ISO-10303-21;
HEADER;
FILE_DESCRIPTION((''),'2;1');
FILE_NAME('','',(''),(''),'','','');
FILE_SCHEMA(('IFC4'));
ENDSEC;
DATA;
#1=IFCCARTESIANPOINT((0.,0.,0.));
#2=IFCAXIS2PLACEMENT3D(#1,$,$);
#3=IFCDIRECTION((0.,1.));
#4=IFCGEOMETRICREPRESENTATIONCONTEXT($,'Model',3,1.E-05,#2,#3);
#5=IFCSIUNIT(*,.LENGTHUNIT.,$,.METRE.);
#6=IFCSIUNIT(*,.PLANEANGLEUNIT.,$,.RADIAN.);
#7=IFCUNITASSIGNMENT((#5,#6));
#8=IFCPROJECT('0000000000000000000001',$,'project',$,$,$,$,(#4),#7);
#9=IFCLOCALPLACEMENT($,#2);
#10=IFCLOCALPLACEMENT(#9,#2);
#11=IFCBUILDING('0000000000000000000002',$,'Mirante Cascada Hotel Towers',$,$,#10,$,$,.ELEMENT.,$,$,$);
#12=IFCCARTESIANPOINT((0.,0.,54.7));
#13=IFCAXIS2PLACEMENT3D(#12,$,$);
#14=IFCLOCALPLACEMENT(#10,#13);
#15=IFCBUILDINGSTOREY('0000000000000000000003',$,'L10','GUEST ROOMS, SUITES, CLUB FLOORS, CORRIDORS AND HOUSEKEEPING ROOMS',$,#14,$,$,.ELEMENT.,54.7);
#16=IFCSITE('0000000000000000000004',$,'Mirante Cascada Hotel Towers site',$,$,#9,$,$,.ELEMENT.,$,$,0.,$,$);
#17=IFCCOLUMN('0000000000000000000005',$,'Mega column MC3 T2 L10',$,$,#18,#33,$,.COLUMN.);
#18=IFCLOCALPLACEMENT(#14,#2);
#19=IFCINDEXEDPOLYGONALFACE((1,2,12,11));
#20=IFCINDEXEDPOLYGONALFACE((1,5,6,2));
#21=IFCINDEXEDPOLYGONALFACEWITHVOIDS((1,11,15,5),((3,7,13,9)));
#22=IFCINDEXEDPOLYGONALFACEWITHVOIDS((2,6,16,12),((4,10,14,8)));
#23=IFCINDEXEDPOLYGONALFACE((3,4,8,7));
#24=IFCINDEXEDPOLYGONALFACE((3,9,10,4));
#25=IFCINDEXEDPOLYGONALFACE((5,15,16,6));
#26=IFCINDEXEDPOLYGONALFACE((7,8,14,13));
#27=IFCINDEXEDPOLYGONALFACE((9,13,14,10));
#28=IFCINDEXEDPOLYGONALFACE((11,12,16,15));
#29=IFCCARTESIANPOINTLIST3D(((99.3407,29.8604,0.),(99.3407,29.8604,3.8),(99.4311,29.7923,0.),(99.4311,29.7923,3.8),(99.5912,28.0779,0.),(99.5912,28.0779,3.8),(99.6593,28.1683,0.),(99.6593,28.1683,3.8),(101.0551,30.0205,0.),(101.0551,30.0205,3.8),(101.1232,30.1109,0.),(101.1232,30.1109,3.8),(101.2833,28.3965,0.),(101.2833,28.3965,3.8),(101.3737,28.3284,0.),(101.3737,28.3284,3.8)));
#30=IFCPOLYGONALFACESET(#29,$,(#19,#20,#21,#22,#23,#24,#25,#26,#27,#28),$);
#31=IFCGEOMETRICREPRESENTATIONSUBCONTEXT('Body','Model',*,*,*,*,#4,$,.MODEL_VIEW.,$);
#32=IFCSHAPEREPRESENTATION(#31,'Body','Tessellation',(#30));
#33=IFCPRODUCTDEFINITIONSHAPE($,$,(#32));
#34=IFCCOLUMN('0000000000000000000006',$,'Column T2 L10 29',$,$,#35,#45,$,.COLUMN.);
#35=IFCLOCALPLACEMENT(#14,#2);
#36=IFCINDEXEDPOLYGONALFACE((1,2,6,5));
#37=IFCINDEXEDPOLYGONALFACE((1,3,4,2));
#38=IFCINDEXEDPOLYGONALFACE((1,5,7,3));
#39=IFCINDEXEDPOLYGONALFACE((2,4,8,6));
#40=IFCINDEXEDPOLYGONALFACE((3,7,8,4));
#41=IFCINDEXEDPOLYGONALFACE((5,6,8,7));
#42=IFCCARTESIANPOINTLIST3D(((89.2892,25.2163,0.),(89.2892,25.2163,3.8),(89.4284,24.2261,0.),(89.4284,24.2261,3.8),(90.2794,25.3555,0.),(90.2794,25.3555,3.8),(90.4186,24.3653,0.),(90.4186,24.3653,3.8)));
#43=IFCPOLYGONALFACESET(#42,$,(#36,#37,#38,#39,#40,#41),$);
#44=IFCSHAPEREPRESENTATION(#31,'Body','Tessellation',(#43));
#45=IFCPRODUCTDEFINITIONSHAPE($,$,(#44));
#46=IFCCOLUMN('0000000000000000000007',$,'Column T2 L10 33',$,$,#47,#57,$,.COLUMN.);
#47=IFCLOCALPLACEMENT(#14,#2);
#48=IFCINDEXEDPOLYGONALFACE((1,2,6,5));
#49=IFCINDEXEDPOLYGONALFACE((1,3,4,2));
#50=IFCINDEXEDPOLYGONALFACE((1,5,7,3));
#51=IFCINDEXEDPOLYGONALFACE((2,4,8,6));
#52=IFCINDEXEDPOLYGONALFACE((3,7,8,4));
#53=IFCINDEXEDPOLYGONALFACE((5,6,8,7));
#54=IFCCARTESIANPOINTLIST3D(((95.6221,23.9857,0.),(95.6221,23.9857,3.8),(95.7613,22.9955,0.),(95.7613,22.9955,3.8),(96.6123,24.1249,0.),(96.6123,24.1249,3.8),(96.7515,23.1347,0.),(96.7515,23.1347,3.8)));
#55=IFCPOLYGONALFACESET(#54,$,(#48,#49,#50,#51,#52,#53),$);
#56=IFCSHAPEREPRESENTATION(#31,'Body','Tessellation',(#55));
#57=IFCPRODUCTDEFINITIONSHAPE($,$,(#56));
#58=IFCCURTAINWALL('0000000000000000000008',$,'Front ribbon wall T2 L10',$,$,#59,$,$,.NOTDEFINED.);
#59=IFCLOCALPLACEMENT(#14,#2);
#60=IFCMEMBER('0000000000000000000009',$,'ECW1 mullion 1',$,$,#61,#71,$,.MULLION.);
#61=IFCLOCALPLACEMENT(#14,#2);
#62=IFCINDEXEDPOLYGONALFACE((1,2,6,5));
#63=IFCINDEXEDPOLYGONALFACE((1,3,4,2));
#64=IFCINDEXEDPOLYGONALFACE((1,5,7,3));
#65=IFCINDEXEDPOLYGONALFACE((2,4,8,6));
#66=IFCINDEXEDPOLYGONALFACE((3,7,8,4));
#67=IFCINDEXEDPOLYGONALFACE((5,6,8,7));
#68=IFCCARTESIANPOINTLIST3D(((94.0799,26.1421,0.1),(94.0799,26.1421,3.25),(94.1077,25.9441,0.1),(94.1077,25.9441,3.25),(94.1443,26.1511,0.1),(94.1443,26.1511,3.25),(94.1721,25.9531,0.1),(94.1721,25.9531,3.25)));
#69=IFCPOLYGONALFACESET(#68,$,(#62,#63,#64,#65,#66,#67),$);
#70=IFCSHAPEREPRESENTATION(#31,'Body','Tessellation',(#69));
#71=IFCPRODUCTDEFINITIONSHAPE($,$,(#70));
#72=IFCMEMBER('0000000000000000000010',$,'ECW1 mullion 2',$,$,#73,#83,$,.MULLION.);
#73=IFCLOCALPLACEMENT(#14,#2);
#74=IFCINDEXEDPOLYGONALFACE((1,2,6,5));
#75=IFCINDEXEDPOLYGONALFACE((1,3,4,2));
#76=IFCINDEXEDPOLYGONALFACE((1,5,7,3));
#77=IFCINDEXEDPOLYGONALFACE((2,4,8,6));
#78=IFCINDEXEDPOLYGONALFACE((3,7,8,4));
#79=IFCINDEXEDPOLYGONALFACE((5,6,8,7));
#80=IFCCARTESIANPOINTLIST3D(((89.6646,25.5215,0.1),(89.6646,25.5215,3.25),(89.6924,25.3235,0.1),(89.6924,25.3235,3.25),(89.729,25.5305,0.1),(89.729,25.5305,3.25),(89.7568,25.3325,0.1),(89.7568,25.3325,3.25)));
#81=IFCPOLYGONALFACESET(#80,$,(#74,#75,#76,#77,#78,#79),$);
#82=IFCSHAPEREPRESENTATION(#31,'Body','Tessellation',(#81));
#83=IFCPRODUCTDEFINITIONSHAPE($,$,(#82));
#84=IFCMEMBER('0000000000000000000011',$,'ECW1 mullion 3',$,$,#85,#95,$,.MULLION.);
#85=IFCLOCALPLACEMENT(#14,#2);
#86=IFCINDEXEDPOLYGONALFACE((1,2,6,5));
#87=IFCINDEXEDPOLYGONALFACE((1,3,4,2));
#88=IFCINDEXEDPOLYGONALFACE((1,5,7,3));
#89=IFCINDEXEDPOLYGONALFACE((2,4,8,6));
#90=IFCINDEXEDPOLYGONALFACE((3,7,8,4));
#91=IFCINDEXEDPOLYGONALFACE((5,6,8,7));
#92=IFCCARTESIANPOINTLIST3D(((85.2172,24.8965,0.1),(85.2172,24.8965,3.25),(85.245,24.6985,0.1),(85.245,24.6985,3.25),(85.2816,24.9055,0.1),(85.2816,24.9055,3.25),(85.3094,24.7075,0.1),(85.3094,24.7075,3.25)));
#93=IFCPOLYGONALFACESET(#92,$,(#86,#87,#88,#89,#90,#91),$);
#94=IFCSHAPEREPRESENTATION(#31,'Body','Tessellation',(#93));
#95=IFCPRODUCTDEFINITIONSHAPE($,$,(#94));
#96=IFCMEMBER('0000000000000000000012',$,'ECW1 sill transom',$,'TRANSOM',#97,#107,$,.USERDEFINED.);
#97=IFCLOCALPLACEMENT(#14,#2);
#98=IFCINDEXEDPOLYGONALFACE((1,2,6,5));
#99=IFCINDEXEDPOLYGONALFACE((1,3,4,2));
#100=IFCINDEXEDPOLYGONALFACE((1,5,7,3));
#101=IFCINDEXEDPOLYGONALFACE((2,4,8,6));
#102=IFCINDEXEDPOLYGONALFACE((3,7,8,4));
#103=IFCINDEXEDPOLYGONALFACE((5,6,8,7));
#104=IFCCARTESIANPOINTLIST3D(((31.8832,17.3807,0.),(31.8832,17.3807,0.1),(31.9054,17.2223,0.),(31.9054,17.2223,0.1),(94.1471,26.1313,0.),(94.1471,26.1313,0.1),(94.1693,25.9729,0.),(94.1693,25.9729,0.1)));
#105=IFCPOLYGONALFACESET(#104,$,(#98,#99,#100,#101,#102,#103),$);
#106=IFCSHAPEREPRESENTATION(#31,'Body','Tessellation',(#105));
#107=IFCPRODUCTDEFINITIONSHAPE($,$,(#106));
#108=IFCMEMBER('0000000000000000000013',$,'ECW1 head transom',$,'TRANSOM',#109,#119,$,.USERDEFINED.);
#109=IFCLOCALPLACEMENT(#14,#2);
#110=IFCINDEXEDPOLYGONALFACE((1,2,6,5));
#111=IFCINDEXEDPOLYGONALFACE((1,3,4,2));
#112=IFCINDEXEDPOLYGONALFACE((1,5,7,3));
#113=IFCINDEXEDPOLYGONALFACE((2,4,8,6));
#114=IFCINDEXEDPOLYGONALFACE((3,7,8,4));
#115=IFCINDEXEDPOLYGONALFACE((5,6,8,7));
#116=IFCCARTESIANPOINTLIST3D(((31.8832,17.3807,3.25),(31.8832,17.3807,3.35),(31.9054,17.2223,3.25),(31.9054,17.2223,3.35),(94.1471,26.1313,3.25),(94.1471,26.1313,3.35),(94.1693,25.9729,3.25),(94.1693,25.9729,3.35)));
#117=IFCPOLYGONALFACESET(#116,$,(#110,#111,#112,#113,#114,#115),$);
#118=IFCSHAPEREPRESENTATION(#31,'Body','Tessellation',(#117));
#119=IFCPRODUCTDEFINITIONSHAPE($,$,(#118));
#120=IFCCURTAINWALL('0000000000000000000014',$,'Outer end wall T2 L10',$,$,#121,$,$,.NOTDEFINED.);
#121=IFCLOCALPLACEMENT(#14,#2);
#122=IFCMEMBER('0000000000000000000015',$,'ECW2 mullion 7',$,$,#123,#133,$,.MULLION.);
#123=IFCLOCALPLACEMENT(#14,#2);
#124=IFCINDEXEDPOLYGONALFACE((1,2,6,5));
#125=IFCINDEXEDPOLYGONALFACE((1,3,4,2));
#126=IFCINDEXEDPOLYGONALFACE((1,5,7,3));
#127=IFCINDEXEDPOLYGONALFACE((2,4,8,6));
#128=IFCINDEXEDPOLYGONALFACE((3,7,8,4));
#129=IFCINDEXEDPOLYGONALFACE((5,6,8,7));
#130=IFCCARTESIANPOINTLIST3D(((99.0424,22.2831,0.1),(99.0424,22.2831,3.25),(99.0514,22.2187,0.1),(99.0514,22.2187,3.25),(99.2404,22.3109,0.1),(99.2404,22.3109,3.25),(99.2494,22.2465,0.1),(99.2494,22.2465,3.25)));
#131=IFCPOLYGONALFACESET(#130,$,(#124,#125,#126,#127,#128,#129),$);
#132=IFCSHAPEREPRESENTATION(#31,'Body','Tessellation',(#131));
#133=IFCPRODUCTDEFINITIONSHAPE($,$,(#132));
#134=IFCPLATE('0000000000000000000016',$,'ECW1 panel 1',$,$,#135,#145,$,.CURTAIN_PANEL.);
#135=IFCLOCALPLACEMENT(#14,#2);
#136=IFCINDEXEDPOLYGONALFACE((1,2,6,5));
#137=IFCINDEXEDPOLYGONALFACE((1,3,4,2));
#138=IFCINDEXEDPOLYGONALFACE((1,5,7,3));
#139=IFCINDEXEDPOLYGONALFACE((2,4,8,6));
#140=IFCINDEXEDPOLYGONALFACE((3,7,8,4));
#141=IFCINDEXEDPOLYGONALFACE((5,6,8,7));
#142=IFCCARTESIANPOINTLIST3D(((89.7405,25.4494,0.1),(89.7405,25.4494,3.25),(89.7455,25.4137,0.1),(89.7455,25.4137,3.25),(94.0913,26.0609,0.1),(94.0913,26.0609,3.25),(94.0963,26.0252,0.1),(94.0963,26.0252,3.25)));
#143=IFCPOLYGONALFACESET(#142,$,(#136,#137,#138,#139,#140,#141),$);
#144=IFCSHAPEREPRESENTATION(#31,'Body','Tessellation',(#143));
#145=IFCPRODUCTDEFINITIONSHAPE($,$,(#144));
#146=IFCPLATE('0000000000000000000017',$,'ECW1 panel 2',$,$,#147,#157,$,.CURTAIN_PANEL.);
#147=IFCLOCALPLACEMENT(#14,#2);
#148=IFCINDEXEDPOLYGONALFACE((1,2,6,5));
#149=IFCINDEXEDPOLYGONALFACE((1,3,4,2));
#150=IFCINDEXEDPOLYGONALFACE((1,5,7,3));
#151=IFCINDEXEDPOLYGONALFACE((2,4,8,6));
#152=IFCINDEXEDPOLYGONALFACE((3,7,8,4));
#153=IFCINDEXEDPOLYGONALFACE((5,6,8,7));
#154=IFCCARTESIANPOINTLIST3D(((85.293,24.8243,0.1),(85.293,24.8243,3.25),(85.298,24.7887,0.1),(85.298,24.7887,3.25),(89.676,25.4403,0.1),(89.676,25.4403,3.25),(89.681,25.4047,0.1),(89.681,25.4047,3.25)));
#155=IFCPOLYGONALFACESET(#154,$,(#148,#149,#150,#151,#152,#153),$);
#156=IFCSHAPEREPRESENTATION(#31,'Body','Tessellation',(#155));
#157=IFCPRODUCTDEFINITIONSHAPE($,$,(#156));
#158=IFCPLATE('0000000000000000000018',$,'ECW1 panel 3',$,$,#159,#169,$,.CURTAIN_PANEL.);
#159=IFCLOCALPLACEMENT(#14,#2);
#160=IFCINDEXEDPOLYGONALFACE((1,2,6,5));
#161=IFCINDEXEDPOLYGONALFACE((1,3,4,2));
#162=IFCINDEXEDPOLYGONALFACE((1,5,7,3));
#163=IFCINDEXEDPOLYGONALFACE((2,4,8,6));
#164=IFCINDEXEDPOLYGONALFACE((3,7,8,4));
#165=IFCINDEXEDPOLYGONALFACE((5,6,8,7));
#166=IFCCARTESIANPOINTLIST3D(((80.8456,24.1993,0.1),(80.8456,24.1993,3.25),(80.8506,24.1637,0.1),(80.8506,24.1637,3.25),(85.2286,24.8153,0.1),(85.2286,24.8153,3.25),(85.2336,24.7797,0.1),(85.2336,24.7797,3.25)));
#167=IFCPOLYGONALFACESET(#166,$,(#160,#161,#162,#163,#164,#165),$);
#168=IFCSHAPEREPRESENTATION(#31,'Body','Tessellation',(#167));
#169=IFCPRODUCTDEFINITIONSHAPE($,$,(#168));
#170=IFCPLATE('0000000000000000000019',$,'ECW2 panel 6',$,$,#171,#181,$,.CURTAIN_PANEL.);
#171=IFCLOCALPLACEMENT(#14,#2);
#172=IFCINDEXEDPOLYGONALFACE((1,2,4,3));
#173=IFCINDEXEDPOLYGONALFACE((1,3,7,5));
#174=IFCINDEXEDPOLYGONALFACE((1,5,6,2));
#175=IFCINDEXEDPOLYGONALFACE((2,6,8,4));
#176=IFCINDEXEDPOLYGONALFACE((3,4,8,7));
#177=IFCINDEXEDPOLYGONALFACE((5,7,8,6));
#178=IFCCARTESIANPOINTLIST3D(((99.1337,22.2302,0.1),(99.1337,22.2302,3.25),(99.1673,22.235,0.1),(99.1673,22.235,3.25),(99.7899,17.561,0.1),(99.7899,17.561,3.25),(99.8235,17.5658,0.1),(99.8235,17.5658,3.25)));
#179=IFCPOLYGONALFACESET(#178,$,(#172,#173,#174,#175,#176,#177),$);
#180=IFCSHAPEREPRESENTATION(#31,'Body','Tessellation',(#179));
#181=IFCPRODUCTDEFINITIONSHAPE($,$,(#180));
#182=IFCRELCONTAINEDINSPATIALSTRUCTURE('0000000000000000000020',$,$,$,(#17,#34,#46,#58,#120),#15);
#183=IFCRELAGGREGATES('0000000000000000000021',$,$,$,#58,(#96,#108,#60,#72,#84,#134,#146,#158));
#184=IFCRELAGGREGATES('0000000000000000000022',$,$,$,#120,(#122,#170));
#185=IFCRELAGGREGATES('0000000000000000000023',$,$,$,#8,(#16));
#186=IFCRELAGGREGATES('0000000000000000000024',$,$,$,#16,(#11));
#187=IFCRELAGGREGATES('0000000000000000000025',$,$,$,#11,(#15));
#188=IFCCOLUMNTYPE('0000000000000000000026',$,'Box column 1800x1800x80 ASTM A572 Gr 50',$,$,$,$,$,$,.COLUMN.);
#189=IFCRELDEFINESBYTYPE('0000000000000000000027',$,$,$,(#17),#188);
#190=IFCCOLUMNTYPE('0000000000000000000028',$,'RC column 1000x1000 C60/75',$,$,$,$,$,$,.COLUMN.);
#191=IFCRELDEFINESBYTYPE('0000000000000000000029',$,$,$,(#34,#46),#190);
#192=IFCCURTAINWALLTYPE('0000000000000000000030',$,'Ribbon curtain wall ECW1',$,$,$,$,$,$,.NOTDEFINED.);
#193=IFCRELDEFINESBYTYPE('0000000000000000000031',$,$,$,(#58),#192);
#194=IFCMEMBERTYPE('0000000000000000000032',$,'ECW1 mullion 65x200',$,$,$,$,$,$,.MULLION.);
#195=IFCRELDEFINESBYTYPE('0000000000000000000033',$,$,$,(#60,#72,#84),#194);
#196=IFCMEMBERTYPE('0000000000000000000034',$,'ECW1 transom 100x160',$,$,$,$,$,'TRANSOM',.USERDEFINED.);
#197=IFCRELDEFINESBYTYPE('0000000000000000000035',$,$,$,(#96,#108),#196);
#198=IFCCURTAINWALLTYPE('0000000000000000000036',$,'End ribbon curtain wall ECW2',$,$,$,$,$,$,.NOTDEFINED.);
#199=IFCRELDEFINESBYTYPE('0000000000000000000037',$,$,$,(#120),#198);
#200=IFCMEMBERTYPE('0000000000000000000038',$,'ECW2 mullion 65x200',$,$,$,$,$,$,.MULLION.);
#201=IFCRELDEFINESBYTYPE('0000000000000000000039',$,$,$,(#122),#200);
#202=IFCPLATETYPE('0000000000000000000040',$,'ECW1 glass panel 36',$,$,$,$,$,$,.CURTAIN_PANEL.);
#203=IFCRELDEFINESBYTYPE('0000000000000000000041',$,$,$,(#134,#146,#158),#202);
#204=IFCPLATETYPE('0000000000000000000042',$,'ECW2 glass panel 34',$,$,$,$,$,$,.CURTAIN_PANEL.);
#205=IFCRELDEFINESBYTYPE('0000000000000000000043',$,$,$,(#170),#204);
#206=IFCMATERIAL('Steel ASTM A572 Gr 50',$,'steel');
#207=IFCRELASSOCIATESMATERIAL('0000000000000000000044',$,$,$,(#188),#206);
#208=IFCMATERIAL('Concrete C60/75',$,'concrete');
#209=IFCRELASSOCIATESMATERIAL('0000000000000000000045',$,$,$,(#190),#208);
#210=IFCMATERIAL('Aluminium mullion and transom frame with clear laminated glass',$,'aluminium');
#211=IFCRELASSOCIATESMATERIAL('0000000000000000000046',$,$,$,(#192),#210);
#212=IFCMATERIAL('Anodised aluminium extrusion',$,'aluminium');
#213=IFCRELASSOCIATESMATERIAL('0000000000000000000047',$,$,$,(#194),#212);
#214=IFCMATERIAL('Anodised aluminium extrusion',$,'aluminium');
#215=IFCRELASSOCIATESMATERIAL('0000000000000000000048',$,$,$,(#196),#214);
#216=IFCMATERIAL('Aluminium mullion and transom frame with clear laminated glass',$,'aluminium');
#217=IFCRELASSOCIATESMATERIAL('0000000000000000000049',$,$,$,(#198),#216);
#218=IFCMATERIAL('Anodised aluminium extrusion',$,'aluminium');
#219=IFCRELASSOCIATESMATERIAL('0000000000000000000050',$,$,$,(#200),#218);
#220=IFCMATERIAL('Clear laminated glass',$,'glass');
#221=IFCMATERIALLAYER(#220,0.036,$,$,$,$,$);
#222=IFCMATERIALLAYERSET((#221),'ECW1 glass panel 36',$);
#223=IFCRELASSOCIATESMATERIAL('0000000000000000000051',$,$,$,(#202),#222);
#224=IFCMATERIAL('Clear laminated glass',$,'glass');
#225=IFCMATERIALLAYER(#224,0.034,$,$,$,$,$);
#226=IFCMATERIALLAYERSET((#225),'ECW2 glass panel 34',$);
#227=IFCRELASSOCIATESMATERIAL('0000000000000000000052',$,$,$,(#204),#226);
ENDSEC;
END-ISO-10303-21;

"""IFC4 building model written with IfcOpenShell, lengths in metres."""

from ifc_helpers import new_model, si_unit, direction, frame, origin, origin_2d, place, context, subcontext, project, spatial, rectangle, hollow_rectangle, extrude, material, layer, layer_set, material_profile, profile_set, type_object, element, aggregate, save


model = new_model("IFC4")

# Units and contexts
model_context = context("Model", 3, precision=1e-05, world=origin(), true_north=direction((0.0, 1.0)))
body_context = subcontext(model_context, "Body", "Model", "MODEL_VIEW")
ifc_project = project(units=[si_unit("LENGTHUNIT", "METRE"), si_unit("PLANEANGLEUNIT", "RADIAN")], contexts=[model_context])

# Site, building, storey
site_placement = place(None, origin())
site = spatial("IfcSite", under=ifc_project, at=site_placement, Name="Mirante Cascada Hotel Towers site", CompositionType="ELEMENT", RefElevation=0.0)
building_placement = place(site_placement, origin())
building = spatial("IfcBuilding", under=site, at=building_placement, Name="Mirante Cascada Hotel Towers", CompositionType="ELEMENT")
storey_placement = place(building_placement, frame((0.0, 0.0, 54.7)))
storey = spatial("IfcBuildingStorey", under=building, at=storey_placement, Name="L10", Description="GUEST ROOMS, SUITES, CLUB FLOORS, CORRIDORS AND HOUSEKEEPING ROOMS", CompositionType="ELEMENT", Elevation=54.7)

# Columns
ifc_material_1 = material(Name="Steel ASTM A572 Gr 50", Category="steel")
ifc_material_profile_1 = material_profile(ifc_material_1, hollow_rectangle(XDim=1.8, YDim=1.8, WallThickness=0.08, at=origin_2d()), Name="Box column 1800x1800x80 ASTM A572 Gr 50")
ifc_profile_set_1 = profile_set([ifc_material_profile_1], Name="Steel ASTM A572 Gr 50")
column_type_1 = type_object("IfcColumnType", Name="Box column 1800x1800x80 ASTM A572 Gr 50", PredefinedType="COLUMN", material=ifc_profile_set_1)
column_placement = place(storey_placement, frame((100.3572, 29.0944, 0.0), z_axis=(0.0, 0.0, 1.0), x_axis=(0.990268, 0.139173, 0.0)))
element("IfcColumn", 1, at=column_placement, inside=storey, type_object=column_type_1, Name="Mega column MC3 T2 L10", PredefinedType="COLUMN", context=body_context, shape_type="SweptSolid", body=[
    extrude(hollow_rectangle(XDim=1.8, YDim=1.8, WallThickness=0.08, at=origin_2d()), origin(), (0.0, 0.0, 1.0), 3.8),
])
ifc_material_2 = material(Name="Concrete C60/75", Category="concrete")
ifc_material_profile_2 = material_profile(ifc_material_2, rectangle(XDim=1.0, YDim=1.0, at=origin_2d()), Name="RC column 1000x1000 C60/75")
ifc_profile_set_2 = profile_set([ifc_material_profile_2], Name="Concrete C60/75")
column_type_2 = type_object("IfcColumnType", Name="RC column 1000x1000 C60/75", PredefinedType="COLUMN", material=ifc_profile_set_2)
for number, where, z_axis, x_axis, name in (
    (2, (89.8539, 24.7908, 0.0), (0.0, 0.0, 1.0), (0.990268, 0.139173, 0.0), "Column T2 L10 29"),
    (3, (96.1868, 23.5602, 0.0), (0.0, 0.0, 1.0), (0.990268, 0.139173, 0.0), "Column T2 L10 33"),
):
    element("IfcColumn", number, at=place(storey_placement, frame(where, z_axis=z_axis, x_axis=x_axis)), inside=storey, type_object=column_type_2, Name=name, PredefinedType="COLUMN", context=body_context, shape_type="SweptSolid", body=[
        extrude(rectangle(XDim=1.0, YDim=1.0, at=origin_2d()), origin(), (0.0, 0.0, 1.0), 3.8),
    ])

# Curtain wall, members
ifc_material_3 = material(Name="Aluminium mullion and transom frame with clear laminated glass", Category="aluminium")
curtain_wall_type_1 = type_object("IfcCurtainWallType", Name="Ribbon curtain wall ECW1", PredefinedType="NOTDEFINED", material=ifc_material_3)
curtain_wall_1_placement = place(storey_placement, origin())
curtain_wall_1 = element("IfcCurtainWall", 4, at=curtain_wall_1_placement, inside=storey, type_object=curtain_wall_type_1, Name="Front ribbon wall T2 L10", PredefinedType="NOTDEFINED")
ifc_material_4 = material(Name="Anodised aluminium extrusion", Category="aluminium")
ifc_material_profile_3 = material_profile(ifc_material_4, rectangle(XDim=0.2, YDim=0.065, at=origin_2d()), Name="ECW1 MULLION 65x200")
ifc_profile_set_3 = profile_set([ifc_material_profile_3], Name="Anodised aluminium extrusion")
member_type_1 = type_object("IfcMemberType", Name="ECW1 mullion 65x200", PredefinedType="MULLION", material=ifc_profile_set_3)
member_1_placement = place(storey_placement, frame((94.126, 26.0476, 0.1), z_axis=(0.0, 0.0, 1.0), x_axis=(0.139173, -0.990268, 0.0)))
member_1 = element("IfcMember", 5, at=member_1_placement, type_object=member_type_1, Name="ECW1 mullion 1", PredefinedType="MULLION", context=body_context, shape_type="SweptSolid", body=[
    extrude(rectangle(XDim=0.2, YDim=0.065, at=origin_2d()), origin(), (0.0, 0.0, 1.0), 3.15),
])
member_2_placement = place(storey_placement, frame((89.7107, 25.427, 0.1), z_axis=(0.0, 0.0, 1.0), x_axis=(0.139173, -0.990268, 0.0)))
member_2 = element("IfcMember", 6, at=member_2_placement, type_object=member_type_1, Name="ECW1 mullion 2", PredefinedType="MULLION", context=body_context, shape_type="SweptSolid", body=[
    extrude(rectangle(XDim=0.2, YDim=0.065, at=origin_2d()), origin(), (0.0, 0.0, 1.0), 3.15),
])
member_3_placement = place(storey_placement, frame((85.2633, 24.802, 0.1), z_axis=(0.0, 0.0, 1.0), x_axis=(0.139173, -0.990268, 0.0)))
member_3 = element("IfcMember", 7, at=member_3_placement, type_object=member_type_1, Name="ECW1 mullion 3", PredefinedType="MULLION", context=body_context, shape_type="SweptSolid", body=[
    extrude(rectangle(XDim=0.2, YDim=0.065, at=origin_2d()), origin(), (0.0, 0.0, 1.0), 3.15),
])
ifc_material_5 = material(Name="Anodised aluminium extrusion", Category="aluminium")
ifc_material_profile_4 = material_profile(ifc_material_5, rectangle(XDim=0.16, YDim=0.1, at=origin_2d()), Name="ECW1 TRANSOM 100x160")
ifc_profile_set_4 = profile_set([ifc_material_profile_4], Name="Anodised aluminium extrusion")
member_type_2 = type_object("IfcMemberType", Name="ECW1 transom 100x160", ElementType="TRANSOM", PredefinedType="USERDEFINED", material=ifc_profile_set_4)
member_4_placement = place(storey_placement, frame((94.1582, 26.0521, 0.05), z_axis=(-0.990268, -0.139173, 0.0), x_axis=(0.139173, -0.990268, 0.0)))
member_4 = element("IfcMember", 8, at=member_4_placement, type_object=member_type_2, Name="ECW1 sill transom", ObjectType="TRANSOM", PredefinedType="USERDEFINED", context=body_context, shape_type="SweptSolid", body=[
    extrude(rectangle(XDim=0.16, YDim=0.1, at=origin_2d()), origin(), (0.0, 0.0, 1.0), 62.8758),
])
member_5_placement = place(storey_placement, frame((94.1582, 26.0521, 3.3), z_axis=(-0.990268, -0.139173, 0.0), x_axis=(0.139173, -0.990268, 0.0)))
member_5 = element("IfcMember", 9, at=member_5_placement, type_object=member_type_2, Name="ECW1 head transom", ObjectType="TRANSOM", PredefinedType="USERDEFINED", context=body_context, shape_type="SweptSolid", body=[
    extrude(rectangle(XDim=0.16, YDim=0.1, at=origin_2d()), origin(), (0.0, 0.0, 1.0), 62.8758),
])

# Curtain wall, member
ifc_material_6 = material(Name="Aluminium mullion and transom frame with clear laminated glass", Category="aluminium")
curtain_wall_type_2 = type_object("IfcCurtainWallType", Name="End ribbon curtain wall ECW2", PredefinedType="NOTDEFINED", material=ifc_material_6)
curtain_wall_2_placement = place(storey_placement, origin())
curtain_wall_2 = element("IfcCurtainWall", 10, at=curtain_wall_2_placement, inside=storey, type_object=curtain_wall_type_2, Name="Outer end wall T2 L10", PredefinedType="NOTDEFINED")
ifc_material_7 = material(Name="Anodised aluminium extrusion", Category="aluminium")
ifc_material_profile_5 = material_profile(ifc_material_7, rectangle(XDim=0.2, YDim=0.065, at=origin_2d()), Name="ECW2 MULLION 65x200")
ifc_profile_set_5 = profile_set([ifc_material_profile_5], Name="Anodised aluminium extrusion")
member_type_3 = type_object("IfcMemberType", Name="ECW2 mullion 65x200", PredefinedType="MULLION", material=ifc_profile_set_5)
member_6_placement = place(storey_placement, frame((99.1459, 22.2648, 0.1), z_axis=(0.0, 0.0, 1.0), x_axis=(-0.990268, -0.139173, 0.0)))
member_6 = element("IfcMember", 11, at=member_6_placement, type_object=member_type_3, Name="ECW2 mullion 7", PredefinedType="MULLION", context=body_context, shape_type="SweptSolid", body=[
    extrude(rectangle(XDim=0.2, YDim=0.065, at=origin_2d()), origin(), (0.0, 0.0, 1.0), 3.15),
])

# Plates
ifc_material_8 = material(Name="Clear laminated glass", Category="glass")
ifc_layer_1 = layer(ifc_material_8, 0.036)
ifc_layer_set_1 = layer_set([ifc_layer_1], Name="ECW1 glass panel 36")
plate_type_1 = type_object("IfcPlateType", Name="ECW1 glass panel 36", PredefinedType="CURTAIN_PANEL", material=ifc_layer_set_1)
plate_1_placement = place(storey_placement, frame((91.9184, 25.7373, 0.1), z_axis=(0.0, 0.0, 1.0), x_axis=(-0.990268, -0.139173, 0.0)))
plate_1 = element("IfcPlate", 12, at=plate_1_placement, type_object=plate_type_1, Name="ECW1 panel 1", PredefinedType="CURTAIN_PANEL", context=body_context, shape_type="SweptSolid", body=[
    extrude(rectangle(XDim=4.3936, YDim=0.036, at=origin_2d()), origin(), (0.0, 0.0, 1.0), 3.15),
])
plate_2_placement = place(storey_placement, frame((87.487, 25.1145, 0.1), z_axis=(0.0, 0.0, 1.0), x_axis=(-0.990268, -0.139173, 0.0)))
plate_2 = element("IfcPlate", 13, at=plate_2_placement, type_object=plate_type_1, Name="ECW1 panel 2", PredefinedType="CURTAIN_PANEL", context=body_context, shape_type="SweptSolid", body=[
    extrude(rectangle(XDim=4.4261, YDim=0.036, at=origin_2d()), origin(), (0.0, 0.0, 1.0), 3.15),
])
plate_3_placement = place(storey_placement, frame((83.0396, 24.4895, 0.1), z_axis=(0.0, 0.0, 1.0), x_axis=(-0.990268, -0.139173, 0.0)))
plate_3 = element("IfcPlate", 14, at=plate_3_placement, type_object=plate_type_1, Name="ECW1 panel 3", PredefinedType="CURTAIN_PANEL", context=body_context, shape_type="SweptSolid", body=[
    extrude(rectangle(XDim=4.4261, YDim=0.036, at=origin_2d()), origin(), (0.0, 0.0, 1.0), 3.15),
])
aggregate(curtain_wall_1, [member_4, member_5, member_1, member_2, member_3, plate_1, plate_2, plate_3])
ifc_material_9 = material(Name="Clear laminated glass", Category="glass")
ifc_layer_2 = layer(ifc_material_9, 0.034)
ifc_layer_set_2 = layer_set([ifc_layer_2], Name="ECW2 glass panel 34")
plate_type_2 = type_object("IfcPlateType", Name="ECW2 glass panel 34", PredefinedType="CURTAIN_PANEL", material=ifc_layer_set_2)
plate_4_placement = place(storey_placement, frame((99.4786, 19.898, 0.1), z_axis=(0.0, 0.0, 1.0), x_axis=(-0.139173, 0.990268, 0.0)))
plate_4 = element("IfcPlate", 15, at=plate_4_placement, type_object=plate_type_2, Name="ECW2 panel 6", PredefinedType="CURTAIN_PANEL", context=body_context, shape_type="SweptSolid", body=[
    extrude(rectangle(XDim=4.7151, YDim=0.034, at=origin_2d()), origin(), (0.0, 0.0, 1.0), 3.15),
])
aggregate(curtain_wall_2, [member_6, plate_4])

save(model, "model.ifc")
